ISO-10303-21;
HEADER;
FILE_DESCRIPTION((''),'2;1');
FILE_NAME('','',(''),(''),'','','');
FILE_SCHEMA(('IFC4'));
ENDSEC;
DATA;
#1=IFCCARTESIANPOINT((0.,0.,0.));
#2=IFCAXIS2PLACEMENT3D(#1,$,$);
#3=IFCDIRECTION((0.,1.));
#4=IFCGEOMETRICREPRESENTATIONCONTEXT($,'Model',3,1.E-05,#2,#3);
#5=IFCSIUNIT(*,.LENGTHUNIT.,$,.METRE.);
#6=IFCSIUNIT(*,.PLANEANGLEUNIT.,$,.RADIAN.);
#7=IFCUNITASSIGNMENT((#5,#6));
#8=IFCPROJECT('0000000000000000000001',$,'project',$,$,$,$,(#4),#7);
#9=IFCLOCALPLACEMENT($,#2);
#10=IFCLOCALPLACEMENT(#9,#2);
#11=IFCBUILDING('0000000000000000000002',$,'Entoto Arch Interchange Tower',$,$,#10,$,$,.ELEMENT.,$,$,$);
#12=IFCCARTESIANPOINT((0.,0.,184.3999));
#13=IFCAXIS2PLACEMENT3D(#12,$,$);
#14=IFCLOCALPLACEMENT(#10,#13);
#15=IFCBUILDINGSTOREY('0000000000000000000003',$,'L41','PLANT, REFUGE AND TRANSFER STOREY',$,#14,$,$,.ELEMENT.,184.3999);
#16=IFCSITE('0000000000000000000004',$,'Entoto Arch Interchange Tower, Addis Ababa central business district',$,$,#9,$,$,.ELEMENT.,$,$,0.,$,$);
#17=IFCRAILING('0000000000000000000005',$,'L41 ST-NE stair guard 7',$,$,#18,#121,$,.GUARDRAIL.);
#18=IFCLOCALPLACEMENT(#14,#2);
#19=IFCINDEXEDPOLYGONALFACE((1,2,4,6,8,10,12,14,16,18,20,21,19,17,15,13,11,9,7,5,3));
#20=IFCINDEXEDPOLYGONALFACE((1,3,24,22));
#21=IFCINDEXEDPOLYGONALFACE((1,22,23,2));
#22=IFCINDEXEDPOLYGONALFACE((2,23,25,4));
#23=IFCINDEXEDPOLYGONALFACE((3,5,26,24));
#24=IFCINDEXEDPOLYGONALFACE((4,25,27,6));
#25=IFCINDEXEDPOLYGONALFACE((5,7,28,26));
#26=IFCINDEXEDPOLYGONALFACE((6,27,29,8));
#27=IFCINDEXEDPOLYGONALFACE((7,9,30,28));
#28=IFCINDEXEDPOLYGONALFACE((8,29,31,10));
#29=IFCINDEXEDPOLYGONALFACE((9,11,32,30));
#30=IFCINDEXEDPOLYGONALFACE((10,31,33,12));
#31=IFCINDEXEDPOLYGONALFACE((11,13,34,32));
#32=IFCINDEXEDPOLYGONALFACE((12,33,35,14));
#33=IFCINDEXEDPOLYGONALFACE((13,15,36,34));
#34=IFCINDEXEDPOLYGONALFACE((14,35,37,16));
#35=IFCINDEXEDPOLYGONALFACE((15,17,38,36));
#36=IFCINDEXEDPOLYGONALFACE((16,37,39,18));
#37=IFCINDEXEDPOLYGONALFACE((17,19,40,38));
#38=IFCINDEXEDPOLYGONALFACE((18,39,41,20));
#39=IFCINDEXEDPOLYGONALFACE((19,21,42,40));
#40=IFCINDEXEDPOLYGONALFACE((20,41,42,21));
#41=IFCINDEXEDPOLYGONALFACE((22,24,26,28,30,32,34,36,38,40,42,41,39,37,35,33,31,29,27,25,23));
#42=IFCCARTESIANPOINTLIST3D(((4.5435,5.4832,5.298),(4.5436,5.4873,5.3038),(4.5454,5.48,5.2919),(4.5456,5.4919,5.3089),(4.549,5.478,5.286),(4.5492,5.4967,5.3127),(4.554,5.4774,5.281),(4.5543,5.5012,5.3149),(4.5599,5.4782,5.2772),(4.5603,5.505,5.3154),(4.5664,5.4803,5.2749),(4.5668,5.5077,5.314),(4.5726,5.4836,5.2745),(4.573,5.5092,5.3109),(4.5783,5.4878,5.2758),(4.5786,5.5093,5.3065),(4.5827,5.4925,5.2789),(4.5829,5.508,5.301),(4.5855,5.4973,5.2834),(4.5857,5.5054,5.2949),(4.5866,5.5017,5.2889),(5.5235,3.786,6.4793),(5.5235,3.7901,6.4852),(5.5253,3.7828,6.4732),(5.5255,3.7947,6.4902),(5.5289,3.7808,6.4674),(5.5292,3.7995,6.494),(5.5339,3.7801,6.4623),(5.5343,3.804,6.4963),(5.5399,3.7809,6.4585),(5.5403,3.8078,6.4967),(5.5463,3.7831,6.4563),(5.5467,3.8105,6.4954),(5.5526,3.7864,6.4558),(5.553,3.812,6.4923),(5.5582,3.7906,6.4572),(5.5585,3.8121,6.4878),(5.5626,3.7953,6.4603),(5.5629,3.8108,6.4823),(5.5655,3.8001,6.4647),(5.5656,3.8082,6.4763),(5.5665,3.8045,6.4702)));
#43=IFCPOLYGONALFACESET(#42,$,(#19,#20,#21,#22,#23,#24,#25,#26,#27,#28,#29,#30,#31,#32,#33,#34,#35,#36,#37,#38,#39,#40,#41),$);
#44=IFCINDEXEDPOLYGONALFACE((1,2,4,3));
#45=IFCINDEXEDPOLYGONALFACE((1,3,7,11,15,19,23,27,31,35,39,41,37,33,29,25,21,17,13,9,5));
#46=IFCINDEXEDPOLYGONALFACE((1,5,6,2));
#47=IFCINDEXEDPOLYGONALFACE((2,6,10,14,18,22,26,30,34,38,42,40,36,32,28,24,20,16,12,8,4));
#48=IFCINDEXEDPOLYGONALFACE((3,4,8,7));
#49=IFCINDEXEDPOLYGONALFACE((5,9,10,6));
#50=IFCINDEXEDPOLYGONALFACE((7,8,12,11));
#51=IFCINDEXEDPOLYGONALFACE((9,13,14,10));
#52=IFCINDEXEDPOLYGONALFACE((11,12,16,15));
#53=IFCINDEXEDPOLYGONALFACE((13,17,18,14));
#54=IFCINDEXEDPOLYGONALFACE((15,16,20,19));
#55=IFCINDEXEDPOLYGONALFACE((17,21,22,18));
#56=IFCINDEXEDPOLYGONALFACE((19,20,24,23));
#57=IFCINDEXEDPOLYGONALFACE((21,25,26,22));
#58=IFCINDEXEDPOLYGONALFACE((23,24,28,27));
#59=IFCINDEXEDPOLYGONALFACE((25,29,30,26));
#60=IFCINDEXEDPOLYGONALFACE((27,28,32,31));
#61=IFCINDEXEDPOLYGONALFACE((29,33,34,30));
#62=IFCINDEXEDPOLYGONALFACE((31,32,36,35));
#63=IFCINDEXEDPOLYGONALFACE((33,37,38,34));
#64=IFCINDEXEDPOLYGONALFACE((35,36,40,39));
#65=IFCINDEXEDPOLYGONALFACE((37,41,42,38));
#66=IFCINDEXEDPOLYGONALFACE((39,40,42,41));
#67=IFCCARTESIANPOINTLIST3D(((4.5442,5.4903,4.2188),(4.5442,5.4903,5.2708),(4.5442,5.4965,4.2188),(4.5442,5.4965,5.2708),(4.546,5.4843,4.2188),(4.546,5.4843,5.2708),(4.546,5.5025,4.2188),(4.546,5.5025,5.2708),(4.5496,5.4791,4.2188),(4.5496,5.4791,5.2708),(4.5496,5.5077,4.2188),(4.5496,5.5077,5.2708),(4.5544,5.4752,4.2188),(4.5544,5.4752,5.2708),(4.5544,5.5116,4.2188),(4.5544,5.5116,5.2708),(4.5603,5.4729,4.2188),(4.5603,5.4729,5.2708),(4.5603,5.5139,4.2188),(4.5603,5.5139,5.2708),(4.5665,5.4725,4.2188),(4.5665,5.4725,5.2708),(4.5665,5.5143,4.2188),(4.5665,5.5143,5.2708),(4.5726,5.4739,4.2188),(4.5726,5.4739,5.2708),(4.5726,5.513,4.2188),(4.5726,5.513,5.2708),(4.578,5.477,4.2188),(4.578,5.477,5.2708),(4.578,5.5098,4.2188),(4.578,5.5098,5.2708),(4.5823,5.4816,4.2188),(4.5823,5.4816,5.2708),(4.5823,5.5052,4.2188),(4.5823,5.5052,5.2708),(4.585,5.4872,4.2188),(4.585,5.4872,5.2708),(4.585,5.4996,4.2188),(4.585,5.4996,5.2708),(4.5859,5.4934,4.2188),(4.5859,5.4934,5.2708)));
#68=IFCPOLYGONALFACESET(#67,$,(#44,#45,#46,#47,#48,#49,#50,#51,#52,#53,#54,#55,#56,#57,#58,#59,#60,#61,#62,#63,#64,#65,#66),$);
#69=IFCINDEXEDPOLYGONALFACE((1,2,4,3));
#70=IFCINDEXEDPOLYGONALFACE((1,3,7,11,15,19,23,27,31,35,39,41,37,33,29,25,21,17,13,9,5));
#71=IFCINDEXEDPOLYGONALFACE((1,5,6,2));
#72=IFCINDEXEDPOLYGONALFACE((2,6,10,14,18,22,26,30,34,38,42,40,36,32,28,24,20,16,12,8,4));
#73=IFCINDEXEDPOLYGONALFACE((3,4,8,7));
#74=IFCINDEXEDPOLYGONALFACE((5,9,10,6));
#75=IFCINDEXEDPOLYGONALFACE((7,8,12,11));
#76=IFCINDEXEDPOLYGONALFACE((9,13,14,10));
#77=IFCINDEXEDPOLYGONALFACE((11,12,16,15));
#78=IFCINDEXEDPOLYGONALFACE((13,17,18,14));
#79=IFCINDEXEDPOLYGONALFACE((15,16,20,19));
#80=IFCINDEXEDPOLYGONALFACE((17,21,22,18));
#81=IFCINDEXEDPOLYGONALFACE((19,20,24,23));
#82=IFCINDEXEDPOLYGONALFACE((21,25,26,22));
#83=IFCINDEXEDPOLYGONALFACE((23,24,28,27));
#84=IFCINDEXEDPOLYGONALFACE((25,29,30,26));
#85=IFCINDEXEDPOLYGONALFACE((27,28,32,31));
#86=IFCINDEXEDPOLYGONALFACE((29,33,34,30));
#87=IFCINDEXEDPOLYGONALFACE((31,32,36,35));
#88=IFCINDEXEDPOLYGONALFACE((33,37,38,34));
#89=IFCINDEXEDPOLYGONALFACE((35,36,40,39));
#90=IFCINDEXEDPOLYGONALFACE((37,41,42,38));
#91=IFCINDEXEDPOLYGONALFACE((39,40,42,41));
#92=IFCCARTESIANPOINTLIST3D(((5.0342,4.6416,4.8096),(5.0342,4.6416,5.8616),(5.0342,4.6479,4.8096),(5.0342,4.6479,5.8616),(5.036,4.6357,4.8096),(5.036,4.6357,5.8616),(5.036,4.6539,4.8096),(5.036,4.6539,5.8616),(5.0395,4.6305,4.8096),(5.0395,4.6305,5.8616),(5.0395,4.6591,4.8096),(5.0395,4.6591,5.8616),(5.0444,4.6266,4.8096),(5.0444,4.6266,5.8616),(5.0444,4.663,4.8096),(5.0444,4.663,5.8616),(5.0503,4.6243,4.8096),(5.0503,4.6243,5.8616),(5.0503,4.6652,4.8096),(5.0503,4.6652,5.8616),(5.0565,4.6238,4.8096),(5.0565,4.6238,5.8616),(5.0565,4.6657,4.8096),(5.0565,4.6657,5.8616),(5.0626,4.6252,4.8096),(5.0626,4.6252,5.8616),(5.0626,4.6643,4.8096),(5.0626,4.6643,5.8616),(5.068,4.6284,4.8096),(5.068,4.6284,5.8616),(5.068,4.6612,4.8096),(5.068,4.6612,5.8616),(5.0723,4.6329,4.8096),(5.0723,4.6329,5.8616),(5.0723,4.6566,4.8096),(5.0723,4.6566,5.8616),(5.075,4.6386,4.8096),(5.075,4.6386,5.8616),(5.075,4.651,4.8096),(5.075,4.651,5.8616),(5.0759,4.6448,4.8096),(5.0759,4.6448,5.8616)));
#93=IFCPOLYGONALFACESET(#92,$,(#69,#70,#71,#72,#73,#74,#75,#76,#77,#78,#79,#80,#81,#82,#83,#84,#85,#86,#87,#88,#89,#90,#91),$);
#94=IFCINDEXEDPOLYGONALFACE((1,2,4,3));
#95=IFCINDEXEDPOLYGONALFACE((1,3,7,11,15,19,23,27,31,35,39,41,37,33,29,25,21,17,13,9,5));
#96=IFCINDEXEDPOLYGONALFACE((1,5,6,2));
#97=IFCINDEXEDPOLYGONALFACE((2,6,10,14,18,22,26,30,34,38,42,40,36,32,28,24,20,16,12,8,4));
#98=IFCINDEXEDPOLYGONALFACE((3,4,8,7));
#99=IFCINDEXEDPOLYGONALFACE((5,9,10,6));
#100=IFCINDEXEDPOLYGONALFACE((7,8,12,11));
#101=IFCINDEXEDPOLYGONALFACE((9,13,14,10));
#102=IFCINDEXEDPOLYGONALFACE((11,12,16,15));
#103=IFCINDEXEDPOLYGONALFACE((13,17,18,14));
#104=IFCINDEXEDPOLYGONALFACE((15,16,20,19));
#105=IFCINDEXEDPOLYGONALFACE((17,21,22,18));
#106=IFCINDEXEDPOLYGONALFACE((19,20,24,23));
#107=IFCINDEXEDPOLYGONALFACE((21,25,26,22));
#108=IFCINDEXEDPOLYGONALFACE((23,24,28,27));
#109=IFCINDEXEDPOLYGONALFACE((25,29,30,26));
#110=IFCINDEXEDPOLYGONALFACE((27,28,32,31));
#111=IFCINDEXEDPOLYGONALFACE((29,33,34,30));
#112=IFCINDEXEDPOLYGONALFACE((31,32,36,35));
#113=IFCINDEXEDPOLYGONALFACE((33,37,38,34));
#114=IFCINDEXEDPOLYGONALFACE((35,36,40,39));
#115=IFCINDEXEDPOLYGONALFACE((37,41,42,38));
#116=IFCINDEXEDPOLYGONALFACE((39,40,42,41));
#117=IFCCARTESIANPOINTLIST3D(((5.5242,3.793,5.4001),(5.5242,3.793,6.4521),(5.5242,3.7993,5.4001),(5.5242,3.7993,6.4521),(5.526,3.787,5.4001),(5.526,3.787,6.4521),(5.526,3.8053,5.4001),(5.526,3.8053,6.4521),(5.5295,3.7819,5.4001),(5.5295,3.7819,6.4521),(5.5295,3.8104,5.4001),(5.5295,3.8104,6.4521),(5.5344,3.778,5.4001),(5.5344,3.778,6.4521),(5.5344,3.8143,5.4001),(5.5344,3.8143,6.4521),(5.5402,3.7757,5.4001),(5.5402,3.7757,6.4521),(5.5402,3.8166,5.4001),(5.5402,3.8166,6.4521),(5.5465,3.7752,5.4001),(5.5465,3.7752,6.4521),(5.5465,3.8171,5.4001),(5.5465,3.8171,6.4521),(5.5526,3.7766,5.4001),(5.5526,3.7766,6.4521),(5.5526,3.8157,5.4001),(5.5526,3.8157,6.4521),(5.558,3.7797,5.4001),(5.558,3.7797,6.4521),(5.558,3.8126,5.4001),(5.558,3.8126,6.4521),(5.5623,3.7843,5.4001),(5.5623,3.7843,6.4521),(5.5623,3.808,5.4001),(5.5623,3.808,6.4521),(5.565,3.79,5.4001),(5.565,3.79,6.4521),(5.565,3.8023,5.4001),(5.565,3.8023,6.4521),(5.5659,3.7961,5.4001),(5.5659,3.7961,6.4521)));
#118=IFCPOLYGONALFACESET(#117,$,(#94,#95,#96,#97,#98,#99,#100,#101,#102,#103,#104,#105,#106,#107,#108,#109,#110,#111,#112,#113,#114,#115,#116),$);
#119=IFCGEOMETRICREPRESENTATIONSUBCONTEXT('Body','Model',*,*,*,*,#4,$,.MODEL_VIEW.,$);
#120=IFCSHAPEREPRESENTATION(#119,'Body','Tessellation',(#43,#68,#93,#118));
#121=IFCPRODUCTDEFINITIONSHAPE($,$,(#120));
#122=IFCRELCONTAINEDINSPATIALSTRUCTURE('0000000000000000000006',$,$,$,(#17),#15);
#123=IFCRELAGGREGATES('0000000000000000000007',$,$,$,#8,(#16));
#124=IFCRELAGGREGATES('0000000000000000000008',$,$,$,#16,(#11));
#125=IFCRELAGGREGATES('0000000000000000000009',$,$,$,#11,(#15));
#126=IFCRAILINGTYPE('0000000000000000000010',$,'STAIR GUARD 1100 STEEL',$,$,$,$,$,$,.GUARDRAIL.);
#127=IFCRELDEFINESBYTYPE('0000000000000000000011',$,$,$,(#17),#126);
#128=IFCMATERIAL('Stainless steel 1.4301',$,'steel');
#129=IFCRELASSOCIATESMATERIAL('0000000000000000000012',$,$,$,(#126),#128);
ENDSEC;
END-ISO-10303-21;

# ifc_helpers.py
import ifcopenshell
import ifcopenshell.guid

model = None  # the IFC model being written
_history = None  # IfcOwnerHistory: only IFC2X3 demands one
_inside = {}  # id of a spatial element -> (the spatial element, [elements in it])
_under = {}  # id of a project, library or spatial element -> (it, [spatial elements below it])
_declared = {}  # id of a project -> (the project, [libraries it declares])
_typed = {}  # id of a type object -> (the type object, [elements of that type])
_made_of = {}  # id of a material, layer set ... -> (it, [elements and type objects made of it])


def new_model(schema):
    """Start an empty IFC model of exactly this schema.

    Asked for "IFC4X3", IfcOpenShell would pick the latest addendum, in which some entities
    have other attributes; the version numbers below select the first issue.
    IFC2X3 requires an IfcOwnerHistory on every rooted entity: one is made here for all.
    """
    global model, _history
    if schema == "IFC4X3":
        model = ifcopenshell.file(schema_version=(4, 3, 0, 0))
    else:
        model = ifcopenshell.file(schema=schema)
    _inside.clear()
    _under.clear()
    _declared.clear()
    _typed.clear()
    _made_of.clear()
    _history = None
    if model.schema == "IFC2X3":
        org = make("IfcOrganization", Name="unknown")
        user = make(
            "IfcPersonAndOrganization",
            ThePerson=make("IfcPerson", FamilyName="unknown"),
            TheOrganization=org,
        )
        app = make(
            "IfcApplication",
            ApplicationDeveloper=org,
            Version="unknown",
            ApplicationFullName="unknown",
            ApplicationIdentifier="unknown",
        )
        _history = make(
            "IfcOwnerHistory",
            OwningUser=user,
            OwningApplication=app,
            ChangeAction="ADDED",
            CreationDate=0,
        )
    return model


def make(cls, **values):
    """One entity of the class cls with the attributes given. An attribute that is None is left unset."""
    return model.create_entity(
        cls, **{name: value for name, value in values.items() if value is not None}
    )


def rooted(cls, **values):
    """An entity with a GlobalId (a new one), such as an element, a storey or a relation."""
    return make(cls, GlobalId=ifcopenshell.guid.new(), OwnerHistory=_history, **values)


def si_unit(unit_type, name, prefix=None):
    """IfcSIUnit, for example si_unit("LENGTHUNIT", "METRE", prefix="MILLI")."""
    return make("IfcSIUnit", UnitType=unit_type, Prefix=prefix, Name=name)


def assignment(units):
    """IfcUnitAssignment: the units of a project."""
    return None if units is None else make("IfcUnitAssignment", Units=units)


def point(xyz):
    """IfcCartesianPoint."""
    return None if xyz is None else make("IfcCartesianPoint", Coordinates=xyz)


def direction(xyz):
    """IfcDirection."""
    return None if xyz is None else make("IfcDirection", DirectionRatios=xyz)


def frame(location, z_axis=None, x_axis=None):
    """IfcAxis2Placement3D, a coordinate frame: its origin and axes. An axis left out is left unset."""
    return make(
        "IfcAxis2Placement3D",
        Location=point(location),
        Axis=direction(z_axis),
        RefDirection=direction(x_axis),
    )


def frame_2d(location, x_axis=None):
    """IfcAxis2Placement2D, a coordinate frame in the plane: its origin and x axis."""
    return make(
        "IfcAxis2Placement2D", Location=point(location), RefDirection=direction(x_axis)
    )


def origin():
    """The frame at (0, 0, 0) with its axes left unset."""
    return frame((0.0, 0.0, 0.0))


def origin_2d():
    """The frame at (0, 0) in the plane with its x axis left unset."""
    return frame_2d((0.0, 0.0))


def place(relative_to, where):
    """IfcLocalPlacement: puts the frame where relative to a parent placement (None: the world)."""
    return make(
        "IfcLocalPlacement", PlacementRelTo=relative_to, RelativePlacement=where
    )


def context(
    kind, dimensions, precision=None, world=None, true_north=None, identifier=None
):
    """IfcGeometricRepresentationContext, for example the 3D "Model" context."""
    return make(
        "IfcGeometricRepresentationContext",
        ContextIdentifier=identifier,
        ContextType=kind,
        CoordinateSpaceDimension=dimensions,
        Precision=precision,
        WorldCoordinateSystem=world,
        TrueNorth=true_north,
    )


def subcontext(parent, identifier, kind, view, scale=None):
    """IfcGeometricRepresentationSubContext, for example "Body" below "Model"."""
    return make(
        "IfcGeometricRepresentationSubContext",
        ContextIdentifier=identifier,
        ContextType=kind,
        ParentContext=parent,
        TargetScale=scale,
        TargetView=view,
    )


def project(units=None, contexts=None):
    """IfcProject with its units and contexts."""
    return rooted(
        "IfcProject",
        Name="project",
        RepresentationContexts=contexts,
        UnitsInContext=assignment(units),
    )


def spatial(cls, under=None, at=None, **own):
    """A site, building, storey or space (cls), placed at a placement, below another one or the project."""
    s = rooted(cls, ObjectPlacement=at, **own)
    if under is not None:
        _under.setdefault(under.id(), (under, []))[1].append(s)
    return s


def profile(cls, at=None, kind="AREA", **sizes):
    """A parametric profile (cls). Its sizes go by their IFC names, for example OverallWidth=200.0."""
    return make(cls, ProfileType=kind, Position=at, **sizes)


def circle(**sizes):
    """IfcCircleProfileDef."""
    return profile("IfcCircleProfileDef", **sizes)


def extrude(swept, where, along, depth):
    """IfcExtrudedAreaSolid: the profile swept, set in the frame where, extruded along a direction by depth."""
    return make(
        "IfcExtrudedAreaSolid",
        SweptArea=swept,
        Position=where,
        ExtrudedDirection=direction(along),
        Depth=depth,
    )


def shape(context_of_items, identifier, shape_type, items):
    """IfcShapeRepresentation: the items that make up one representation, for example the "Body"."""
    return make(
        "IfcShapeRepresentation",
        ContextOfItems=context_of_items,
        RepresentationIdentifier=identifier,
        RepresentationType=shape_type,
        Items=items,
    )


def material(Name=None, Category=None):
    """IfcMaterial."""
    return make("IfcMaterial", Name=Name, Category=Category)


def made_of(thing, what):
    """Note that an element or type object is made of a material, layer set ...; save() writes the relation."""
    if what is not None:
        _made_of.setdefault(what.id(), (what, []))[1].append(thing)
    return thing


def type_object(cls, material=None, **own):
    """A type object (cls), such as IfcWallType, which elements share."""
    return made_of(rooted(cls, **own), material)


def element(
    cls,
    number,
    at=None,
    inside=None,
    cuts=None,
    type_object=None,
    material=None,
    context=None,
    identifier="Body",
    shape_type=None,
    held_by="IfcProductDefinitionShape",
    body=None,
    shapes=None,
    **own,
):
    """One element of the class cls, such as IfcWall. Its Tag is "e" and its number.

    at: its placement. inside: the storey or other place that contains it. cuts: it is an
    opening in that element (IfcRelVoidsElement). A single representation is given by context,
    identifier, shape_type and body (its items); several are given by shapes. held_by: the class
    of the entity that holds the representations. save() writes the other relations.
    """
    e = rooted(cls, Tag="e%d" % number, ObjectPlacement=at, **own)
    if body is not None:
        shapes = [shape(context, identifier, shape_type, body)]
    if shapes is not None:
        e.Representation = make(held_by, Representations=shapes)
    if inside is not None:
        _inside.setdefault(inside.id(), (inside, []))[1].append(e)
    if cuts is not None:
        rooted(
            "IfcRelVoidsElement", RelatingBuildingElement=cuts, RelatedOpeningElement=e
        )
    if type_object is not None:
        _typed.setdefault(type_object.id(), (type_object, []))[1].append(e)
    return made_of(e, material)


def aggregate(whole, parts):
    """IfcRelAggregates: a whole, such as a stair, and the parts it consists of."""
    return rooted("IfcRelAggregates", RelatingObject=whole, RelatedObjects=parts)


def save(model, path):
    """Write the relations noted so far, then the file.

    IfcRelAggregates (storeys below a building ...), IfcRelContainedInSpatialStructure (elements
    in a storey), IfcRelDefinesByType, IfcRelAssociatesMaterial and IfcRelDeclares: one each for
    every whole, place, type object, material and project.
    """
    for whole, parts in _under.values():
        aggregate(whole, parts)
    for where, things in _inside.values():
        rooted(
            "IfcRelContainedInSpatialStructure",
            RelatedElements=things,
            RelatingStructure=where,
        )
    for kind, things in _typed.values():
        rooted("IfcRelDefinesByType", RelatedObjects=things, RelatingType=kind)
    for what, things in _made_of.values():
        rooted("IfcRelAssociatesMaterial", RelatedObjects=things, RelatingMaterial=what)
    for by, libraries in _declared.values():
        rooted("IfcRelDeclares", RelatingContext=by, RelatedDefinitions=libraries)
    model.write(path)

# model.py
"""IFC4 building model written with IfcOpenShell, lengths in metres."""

from ifc_helpers import new_model, si_unit, direction, frame, origin, origin_2d, place, context, subcontext, project, spatial, circle, extrude, material, type_object, element, save


model = new_model("IFC4")

# Units and contexts
model_context = context("Model", 3, precision=1e-05, world=origin(), true_north=direction((0.0, 1.0)))
body_context = subcontext(model_context, "Body", "Model", "MODEL_VIEW")
ifc_project = project(units=[si_unit("LENGTHUNIT", "METRE"), si_unit("PLANEANGLEUNIT", "RADIAN")], contexts=[model_context])

# Site, building, storey
site_placement = place(None, origin())
site = spatial("IfcSite", under=ifc_project, at=site_placement, Name="Entoto Arch Interchange Tower, Addis Ababa central business district", CompositionType="ELEMENT", RefElevation=0.0)
building_placement = place(site_placement, origin())
building = spatial("IfcBuilding", under=site, at=building_placement, Name="Entoto Arch Interchange Tower", CompositionType="ELEMENT")
storey_placement = place(building_placement, frame((0.0, 0.0, 184.3999)))
storey = spatial("IfcBuildingStorey", under=building, at=storey_placement, Name="L41", Description="PLANT, REFUGE AND TRANSFER STOREY", CompositionType="ELEMENT", Elevation=184.3999)

# Railing
ifc_material_1 = material(Name="Stainless steel 1.4301", Category="steel")
railing_type_1 = type_object("IfcRailingType", Name="STAIR GUARD 1100 STEEL", PredefinedType="GUARDRAIL", material=ifc_material_1)
for number, where, name in (
    (1, (4.5649, 5.4934, 4.2188), "L41 ST-NE stair guard 7"),
):
    element("IfcRailing", number, at=place(storey_placement, frame(where)), inside=storey, type_object=railing_type_1, Name=name, PredefinedType="GUARDRAIL", context=body_context, shape_type="SweptSolid", body=[
        extrude(circle(Radius=0.0239, at=origin_2d()), frame((0.0, 0.0, 1.0762), z_axis=(0.428238, -0.741683, 0.516255), x_axis=(0.866011, 0.500024, 0.0)), (0.0, 0.0, 1.0), 2.2883),
        extrude(circle(Radius=0.021, at=origin_2d()), origin(), (0.0, 0.0, 1.0), 1.052),
        extrude(circle(Radius=0.021, at=origin_2d()), frame((0.49, -0.8486, 0.5908)), (0.0, 0.0, 1.0), 1.052),
        extrude(circle(Radius=0.021, at=origin_2d()), frame((0.98, -1.6973, 1.1814)), (0.0, 0.0, 1.0), 1.052),
    ])

save(model, "model.ifc")
